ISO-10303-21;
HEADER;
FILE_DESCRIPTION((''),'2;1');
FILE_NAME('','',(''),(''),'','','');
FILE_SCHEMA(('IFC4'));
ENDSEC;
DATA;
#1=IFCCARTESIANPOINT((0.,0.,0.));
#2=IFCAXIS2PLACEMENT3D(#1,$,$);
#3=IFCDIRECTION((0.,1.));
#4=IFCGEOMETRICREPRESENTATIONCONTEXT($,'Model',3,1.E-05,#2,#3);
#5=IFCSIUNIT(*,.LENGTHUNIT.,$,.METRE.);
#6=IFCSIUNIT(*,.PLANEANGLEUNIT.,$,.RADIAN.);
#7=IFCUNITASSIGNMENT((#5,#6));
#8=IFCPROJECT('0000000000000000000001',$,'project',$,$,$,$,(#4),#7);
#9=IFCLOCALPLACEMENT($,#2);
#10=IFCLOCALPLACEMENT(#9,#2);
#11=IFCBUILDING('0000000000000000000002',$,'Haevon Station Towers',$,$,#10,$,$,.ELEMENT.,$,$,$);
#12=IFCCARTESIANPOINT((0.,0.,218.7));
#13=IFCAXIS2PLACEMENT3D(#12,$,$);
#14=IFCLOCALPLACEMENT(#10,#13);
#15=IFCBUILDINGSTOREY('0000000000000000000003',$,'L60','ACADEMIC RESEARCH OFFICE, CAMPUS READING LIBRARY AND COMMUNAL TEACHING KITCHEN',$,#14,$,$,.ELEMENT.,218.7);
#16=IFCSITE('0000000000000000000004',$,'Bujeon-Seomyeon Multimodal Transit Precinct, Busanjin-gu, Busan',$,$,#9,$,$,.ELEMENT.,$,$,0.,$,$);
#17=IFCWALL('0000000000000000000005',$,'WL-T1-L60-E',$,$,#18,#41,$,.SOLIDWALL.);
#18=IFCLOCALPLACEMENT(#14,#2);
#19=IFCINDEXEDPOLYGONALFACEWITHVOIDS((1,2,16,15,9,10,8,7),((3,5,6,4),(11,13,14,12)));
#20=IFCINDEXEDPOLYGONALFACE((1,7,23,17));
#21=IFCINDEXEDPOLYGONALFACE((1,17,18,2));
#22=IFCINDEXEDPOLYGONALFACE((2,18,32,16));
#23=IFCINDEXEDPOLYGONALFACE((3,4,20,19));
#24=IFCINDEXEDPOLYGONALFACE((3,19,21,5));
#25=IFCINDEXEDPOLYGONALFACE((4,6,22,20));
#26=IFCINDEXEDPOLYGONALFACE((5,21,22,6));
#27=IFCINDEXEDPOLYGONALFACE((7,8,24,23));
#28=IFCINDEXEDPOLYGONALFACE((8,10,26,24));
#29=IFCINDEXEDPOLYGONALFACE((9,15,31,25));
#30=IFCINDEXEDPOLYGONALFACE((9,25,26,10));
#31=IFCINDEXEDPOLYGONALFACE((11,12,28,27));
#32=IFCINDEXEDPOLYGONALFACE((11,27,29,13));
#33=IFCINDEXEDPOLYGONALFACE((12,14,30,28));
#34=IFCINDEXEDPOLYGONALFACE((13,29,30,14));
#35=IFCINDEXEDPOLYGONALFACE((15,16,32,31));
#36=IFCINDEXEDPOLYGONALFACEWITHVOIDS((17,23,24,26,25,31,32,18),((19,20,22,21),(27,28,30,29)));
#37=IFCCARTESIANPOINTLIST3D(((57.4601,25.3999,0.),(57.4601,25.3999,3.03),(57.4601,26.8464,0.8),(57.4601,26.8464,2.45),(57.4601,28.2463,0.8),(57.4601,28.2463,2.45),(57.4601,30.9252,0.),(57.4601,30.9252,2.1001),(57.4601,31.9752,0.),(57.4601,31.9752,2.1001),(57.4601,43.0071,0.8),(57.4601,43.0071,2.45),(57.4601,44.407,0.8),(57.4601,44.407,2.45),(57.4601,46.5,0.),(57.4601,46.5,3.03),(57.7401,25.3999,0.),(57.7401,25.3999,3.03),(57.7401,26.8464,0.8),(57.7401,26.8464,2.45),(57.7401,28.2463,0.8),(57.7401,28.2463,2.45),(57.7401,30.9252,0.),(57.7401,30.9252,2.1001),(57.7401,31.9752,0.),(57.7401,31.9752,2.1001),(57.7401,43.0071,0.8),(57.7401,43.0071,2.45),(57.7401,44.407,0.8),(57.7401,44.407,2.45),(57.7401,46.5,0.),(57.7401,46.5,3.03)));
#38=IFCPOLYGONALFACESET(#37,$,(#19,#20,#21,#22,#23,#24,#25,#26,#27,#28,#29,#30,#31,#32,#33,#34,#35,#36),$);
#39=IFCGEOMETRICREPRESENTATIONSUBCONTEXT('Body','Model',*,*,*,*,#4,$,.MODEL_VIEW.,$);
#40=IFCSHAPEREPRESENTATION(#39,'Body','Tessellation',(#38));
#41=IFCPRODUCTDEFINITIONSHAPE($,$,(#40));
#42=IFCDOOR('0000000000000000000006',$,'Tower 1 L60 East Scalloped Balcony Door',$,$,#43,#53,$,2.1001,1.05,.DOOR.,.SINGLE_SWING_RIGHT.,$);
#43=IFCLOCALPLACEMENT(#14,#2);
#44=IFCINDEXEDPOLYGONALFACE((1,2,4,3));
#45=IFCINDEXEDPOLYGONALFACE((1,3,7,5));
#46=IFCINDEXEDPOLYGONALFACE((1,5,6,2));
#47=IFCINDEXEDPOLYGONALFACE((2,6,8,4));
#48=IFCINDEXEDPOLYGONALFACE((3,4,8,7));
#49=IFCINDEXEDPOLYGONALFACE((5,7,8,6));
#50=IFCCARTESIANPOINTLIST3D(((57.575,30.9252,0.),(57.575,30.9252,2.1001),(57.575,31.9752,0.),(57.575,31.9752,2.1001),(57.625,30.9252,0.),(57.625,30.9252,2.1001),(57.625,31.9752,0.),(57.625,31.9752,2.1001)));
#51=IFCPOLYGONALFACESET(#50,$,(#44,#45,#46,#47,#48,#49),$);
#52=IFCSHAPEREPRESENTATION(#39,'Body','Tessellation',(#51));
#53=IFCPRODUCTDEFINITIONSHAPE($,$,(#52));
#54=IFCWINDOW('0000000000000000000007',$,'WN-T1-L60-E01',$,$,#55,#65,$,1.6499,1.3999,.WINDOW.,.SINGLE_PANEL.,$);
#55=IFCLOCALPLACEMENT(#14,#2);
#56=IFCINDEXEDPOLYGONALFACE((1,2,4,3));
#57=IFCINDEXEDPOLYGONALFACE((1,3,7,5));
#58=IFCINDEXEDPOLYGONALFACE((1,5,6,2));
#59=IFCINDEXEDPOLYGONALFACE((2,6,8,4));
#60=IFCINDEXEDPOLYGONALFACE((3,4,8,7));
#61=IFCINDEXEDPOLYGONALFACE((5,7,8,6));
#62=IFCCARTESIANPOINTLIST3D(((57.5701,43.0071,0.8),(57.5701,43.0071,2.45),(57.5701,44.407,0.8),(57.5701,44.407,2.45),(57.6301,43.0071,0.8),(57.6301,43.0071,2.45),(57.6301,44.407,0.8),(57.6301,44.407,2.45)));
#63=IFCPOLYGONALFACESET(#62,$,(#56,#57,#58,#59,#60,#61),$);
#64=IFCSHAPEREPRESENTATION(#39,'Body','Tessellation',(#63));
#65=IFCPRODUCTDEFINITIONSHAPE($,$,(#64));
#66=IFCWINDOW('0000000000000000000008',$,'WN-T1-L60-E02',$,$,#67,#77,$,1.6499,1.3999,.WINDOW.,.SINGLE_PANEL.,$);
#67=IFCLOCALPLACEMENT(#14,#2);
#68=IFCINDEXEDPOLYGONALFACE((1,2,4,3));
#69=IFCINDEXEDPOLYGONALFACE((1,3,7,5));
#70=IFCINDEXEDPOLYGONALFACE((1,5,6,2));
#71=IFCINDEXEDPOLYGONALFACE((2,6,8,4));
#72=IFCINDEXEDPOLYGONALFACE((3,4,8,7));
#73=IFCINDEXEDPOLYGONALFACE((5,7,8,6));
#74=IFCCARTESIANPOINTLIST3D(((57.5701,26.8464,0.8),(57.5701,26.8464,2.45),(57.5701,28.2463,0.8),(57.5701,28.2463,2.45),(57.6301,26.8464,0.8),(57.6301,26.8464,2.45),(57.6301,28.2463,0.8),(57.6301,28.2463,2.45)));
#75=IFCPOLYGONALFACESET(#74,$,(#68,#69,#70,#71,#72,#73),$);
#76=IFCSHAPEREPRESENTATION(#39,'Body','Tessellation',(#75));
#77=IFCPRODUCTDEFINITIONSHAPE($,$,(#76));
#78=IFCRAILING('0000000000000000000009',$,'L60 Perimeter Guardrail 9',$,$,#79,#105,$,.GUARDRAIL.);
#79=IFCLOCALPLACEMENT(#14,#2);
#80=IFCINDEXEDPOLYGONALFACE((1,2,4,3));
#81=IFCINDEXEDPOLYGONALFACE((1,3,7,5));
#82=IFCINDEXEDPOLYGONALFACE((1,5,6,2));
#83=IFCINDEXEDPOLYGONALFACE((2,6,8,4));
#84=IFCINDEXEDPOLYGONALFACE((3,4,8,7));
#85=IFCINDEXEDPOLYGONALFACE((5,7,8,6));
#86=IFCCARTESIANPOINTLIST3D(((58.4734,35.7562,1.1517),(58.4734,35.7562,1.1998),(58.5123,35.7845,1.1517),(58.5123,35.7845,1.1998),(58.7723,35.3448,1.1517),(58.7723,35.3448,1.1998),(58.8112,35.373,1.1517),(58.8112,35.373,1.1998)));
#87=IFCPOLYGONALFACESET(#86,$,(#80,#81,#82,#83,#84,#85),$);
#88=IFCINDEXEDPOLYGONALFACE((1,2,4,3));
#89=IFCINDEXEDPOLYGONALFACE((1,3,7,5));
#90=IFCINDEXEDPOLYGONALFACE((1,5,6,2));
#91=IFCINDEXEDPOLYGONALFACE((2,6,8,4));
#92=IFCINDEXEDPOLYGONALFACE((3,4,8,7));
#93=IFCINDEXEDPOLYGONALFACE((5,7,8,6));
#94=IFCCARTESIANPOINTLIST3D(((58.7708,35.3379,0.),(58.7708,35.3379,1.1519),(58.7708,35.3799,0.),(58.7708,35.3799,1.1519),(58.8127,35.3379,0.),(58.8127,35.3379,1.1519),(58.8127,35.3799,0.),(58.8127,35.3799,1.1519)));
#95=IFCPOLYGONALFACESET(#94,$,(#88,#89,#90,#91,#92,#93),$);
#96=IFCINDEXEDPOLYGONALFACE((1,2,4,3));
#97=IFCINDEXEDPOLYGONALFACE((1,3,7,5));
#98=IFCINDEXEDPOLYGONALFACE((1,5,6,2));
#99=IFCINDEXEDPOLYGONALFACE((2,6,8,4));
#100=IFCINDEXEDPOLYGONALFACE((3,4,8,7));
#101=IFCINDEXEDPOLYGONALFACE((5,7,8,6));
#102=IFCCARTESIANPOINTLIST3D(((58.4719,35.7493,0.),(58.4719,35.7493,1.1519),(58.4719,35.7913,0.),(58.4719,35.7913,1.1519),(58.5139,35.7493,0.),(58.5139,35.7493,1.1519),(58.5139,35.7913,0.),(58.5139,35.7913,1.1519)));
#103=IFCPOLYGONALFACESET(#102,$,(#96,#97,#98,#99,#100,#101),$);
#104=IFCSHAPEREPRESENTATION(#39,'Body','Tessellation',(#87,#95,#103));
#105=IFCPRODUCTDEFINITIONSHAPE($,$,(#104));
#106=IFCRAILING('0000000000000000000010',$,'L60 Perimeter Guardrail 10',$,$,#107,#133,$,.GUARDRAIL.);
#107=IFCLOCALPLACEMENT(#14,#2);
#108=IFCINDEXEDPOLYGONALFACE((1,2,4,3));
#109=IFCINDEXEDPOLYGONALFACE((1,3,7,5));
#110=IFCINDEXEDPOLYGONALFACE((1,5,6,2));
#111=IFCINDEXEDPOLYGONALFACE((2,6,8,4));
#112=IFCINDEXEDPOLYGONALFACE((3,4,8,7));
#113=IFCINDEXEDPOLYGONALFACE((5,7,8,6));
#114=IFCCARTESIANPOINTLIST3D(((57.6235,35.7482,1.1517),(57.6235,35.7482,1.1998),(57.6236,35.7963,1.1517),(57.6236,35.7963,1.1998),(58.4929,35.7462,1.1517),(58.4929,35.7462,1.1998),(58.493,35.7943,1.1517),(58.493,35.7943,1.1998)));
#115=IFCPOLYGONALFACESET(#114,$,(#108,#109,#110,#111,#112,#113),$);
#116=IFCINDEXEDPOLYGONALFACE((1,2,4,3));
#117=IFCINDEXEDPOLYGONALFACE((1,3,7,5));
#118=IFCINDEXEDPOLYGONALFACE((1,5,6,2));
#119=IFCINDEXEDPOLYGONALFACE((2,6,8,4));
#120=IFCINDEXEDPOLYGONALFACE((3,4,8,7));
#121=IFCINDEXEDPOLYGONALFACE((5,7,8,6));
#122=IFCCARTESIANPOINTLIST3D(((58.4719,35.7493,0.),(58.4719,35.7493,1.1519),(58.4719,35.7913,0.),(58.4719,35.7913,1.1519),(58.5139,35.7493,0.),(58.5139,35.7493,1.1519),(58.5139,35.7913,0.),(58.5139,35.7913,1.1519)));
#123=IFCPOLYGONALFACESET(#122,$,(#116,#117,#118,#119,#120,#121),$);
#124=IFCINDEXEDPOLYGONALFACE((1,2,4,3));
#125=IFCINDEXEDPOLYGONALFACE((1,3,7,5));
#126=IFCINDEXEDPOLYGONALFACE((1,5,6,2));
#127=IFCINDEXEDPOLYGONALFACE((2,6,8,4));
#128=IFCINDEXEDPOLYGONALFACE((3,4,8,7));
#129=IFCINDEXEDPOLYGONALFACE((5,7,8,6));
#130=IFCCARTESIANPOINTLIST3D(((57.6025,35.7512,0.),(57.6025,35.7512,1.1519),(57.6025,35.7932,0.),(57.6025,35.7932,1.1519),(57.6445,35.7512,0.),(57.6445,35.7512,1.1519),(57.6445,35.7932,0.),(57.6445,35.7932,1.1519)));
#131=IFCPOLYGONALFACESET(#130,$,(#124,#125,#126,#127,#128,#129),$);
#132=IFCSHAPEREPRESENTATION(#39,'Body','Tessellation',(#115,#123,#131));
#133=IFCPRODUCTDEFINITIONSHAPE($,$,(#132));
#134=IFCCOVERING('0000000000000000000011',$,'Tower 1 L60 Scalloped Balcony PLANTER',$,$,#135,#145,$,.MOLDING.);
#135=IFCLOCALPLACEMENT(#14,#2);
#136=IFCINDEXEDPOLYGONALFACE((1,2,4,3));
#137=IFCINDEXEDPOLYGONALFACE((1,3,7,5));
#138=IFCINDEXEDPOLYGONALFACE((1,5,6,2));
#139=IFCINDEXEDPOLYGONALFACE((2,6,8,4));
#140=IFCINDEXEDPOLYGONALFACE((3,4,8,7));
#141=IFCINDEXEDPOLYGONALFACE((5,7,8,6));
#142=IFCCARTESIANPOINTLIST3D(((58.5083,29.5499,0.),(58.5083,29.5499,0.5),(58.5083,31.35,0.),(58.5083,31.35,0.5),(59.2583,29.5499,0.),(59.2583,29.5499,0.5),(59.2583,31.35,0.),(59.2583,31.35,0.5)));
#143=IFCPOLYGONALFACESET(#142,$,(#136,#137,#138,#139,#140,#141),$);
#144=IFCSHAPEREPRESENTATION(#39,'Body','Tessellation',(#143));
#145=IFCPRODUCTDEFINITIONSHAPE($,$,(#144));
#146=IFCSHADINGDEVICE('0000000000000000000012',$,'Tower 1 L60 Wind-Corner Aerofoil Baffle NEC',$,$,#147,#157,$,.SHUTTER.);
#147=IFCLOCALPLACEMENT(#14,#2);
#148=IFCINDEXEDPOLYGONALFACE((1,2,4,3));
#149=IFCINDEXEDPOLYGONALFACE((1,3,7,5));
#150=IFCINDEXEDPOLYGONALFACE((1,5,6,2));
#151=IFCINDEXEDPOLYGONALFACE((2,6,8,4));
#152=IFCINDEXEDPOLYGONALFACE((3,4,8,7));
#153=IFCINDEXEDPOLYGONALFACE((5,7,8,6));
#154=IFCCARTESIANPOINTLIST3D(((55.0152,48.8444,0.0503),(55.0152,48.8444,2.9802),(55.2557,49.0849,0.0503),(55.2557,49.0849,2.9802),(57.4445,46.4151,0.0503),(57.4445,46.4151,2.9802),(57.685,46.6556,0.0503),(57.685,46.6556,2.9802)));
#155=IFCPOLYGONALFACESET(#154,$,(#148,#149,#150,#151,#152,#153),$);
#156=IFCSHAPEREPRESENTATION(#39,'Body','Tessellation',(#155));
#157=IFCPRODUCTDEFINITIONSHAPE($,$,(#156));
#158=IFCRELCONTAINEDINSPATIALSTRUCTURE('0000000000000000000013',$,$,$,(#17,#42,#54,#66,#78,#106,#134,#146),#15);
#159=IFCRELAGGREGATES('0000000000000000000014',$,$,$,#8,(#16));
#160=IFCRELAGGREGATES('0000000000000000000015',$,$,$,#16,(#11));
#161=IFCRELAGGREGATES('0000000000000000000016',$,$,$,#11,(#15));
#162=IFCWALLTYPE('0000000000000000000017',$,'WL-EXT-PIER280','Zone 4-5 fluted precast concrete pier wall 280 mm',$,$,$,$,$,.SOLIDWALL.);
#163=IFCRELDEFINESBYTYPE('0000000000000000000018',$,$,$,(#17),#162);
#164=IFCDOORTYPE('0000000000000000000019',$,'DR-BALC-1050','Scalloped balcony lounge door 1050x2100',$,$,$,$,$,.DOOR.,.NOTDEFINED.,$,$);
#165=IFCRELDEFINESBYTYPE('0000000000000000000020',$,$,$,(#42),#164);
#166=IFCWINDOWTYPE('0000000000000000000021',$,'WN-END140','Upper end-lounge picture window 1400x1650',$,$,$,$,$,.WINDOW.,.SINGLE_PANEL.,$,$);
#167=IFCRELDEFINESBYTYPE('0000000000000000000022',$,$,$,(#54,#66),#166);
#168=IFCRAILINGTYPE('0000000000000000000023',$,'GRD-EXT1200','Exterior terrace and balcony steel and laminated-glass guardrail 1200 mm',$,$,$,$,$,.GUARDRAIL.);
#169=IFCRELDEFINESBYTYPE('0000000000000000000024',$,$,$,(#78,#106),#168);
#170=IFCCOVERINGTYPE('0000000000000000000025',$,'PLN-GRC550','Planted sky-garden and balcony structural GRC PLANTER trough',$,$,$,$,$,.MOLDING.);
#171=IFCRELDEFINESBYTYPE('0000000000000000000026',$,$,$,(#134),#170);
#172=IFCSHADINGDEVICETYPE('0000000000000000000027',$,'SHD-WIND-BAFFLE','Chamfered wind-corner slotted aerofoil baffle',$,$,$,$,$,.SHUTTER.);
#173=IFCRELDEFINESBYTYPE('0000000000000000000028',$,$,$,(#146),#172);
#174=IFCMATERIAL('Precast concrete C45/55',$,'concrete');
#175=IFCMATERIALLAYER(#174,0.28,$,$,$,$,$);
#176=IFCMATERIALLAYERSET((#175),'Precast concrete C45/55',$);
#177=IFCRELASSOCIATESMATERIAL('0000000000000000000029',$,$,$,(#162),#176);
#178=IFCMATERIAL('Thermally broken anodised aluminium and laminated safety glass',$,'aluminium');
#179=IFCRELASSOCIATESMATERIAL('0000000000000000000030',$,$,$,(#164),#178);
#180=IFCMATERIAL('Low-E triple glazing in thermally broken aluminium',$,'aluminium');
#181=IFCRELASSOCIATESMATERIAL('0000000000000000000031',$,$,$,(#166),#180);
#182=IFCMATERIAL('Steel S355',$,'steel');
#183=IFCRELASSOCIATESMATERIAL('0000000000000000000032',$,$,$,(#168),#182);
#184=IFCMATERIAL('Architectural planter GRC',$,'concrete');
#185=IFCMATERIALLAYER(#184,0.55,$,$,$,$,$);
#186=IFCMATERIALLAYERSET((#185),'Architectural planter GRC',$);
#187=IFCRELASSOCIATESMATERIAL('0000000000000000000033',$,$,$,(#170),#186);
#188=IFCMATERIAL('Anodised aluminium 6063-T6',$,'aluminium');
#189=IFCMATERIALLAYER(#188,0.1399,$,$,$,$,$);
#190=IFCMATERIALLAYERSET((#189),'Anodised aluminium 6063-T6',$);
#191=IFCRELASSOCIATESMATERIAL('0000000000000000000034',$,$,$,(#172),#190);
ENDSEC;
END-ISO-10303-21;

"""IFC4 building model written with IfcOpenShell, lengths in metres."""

from ifc_helpers import new_model, si_unit, direction, frame, frame_2d, origin, origin_2d, place, context, subcontext, project, spatial, rectangle, extrude, material, layer, layer_set, type_object, element, fill, save


model = new_model("IFC4")

# Units and contexts
model_context = context("Model", 3, precision=1e-05, world=origin(), true_north=direction((0.0, 1.0)))
body_context = subcontext(model_context, "Body", "Model", "MODEL_VIEW")
ifc_project = project(units=[si_unit("LENGTHUNIT", "METRE"), si_unit("PLANEANGLEUNIT", "RADIAN")], contexts=[model_context])

# Site, building, storey
site_placement = place(None, origin())
site = spatial("IfcSite", under=ifc_project, at=site_placement, Name="Bujeon-Seomyeon Multimodal Transit Precinct, Busanjin-gu, Busan", CompositionType="ELEMENT", RefElevation=0.0)
building_placement = place(site_placement, origin())
building = spatial("IfcBuilding", under=site, at=building_placement, Name="Haevon Station Towers", CompositionType="ELEMENT")
storey_placement = place(building_placement, frame((0.0, 0.0, 218.7)))
storey = spatial("IfcBuildingStorey", under=building, at=storey_placement, Name="L60", Description="ACADEMIC RESEARCH OFFICE, CAMPUS READING LIBRARY AND COMMUNAL TEACHING KITCHEN", CompositionType="ELEMENT", Elevation=218.7)

# Shared definitions
ifc_material_1 = material(Name="Steel S355", Category="steel")

# Shared definitions
ifc_material_2 = material(Name="Precast concrete C45/55", Category="concrete")
ifc_layer_1 = layer(ifc_material_2, 0.28)
ifc_layer_set_1 = layer_set([ifc_layer_1], Name="Precast concrete C45/55")
wall_type = type_object("IfcWallType", Name="WL-EXT-PIER280", Description="Zone 4-5 fluted precast concrete pier wall 280 mm", PredefinedType="SOLIDWALL", material=ifc_layer_set_1)

# Wall, openings, door, windows
wall_1_placement = place(storey_placement, frame((57.6001, 46.5, 0.0), z_axis=(0.0, 0.0, 1.0), x_axis=(0.0, -1.0, 0.0)))
wall_1 = element("IfcWall", 1, at=wall_1_placement, inside=storey, type_object=wall_type, Name="WL-T1-L60-E", PredefinedType="SOLIDWALL", context=body_context, shape_type="SweptSolid", body=[
    extrude(rectangle(XDim=21.1001, YDim=0.28, at=frame_2d((10.55, 0.0))), origin(), (0.0, 0.0, 1.0), 3.03),
])
opening_1_placement = place(wall_1_placement, frame((14.5249, 0.0, 0.0)))
opening_1 = element("IfcOpeningElement", 2, at=opening_1_placement, cuts=wall_1, PredefinedType="OPENING", context=body_context, shape_type="SweptSolid", body=[
    extrude(rectangle(XDim=1.05, YDim=2.1001, at=frame_2d((0.5249, 1.05))), frame((0.0, 0.1499, 0.0), z_axis=(0.0, -1.0, 0.0), x_axis=(1.0, 0.0, 0.0)), (0.0, 0.0, 1.0), 0.3),
])
opening_2_placement = place(wall_1_placement, frame((2.093, 0.0, 0.8)))
opening_2 = element("IfcOpeningElement", 3, at=opening_2_placement, cuts=wall_1, PredefinedType="OPENING", context=body_context, shape_type="SweptSolid", body=[
    extrude(rectangle(XDim=1.3999, YDim=1.6499, at=frame_2d((0.7, 0.825))), frame((0.0, 0.1499, 0.0), z_axis=(0.0, -1.0, 0.0), x_axis=(1.0, 0.0, 0.0)), (0.0, 0.0, 1.0), 0.3),
])
opening_3_placement = place(wall_1_placement, frame((18.2537, 0.0, 0.8)))
opening_3 = element("IfcOpeningElement", 4, at=opening_3_placement, cuts=wall_1, PredefinedType="OPENING", context=body_context, shape_type="SweptSolid", body=[
    extrude(rectangle(XDim=1.3999, YDim=1.6499, at=frame_2d((0.7, 0.825))), frame((0.0, 0.1499, 0.0), z_axis=(0.0, -1.0, 0.0), x_axis=(1.0, 0.0, 0.0)), (0.0, 0.0, 1.0), 0.3),
])
ifc_material_3 = material(Name="Thermally broken anodised aluminium and laminated safety glass", Category="aluminium")
door_type = type_object("IfcDoorType", Name="DR-BALC-1050", Description="Scalloped balcony lounge door 1050x2100", OperationType="NOTDEFINED", PredefinedType="DOOR", material=ifc_material_3)
door_placement = place(opening_1_placement, origin())
door = element("IfcDoor", 5, at=door_placement, inside=storey, type_object=door_type, Name="Tower 1 L60 East Scalloped Balcony Door", OperationType="SINGLE_SWING_RIGHT", OverallHeight=2.1001, OverallWidth=1.05, PredefinedType="DOOR", context=body_context, shape_type="SweptSolid", body=[
    extrude(rectangle(XDim=1.05, YDim=2.1001, at=frame_2d((0.5249, 1.05))), frame((0.0, 0.0249, 0.0), z_axis=(0.0, -1.0, 0.0), x_axis=(1.0, 0.0, 0.0)), (0.0, 0.0, 1.0), 0.05),
])
fill(opening_1, door)
ifc_material_4 = material(Name="Low-E triple glazing in thermally broken aluminium", Category="aluminium")
window_type = type_object("IfcWindowType", Name="WN-END140", Description="Upper end-lounge picture window 1400x1650", PartitioningType="SINGLE_PANEL", PredefinedType="WINDOW", material=ifc_material_4)
window_1_placement = place(opening_2_placement, origin())
window_1 = element("IfcWindow", 6, at=window_1_placement, inside=storey, type_object=window_type, Name="WN-T1-L60-E01", OverallHeight=1.6499, OverallWidth=1.3999, PartitioningType="SINGLE_PANEL", PredefinedType="WINDOW", context=body_context, shape_type="SweptSolid", body=[
    extrude(rectangle(XDim=1.3999, YDim=1.6499, at=frame_2d((0.7, 0.825))), frame((0.0, 0.03, 0.0), z_axis=(0.0, -1.0, 0.0), x_axis=(1.0, 0.0, 0.0)), (0.0, 0.0, 1.0), 0.0601),
])
fill(opening_2, window_1)
window_2_placement = place(opening_3_placement, origin())
window_2 = element("IfcWindow", 7, at=window_2_placement, inside=storey, type_object=window_type, Name="WN-T1-L60-E02", OverallHeight=1.6499, OverallWidth=1.3999, PartitioningType="SINGLE_PANEL", PredefinedType="WINDOW", context=body_context, shape_type="SweptSolid", body=[
    extrude(rectangle(XDim=1.3999, YDim=1.6499, at=frame_2d((0.7, 0.825))), frame((0.0, 0.03, 0.0), z_axis=(0.0, -1.0, 0.0), x_axis=(1.0, 0.0, 0.0)), (0.0, 0.0, 1.0), 0.0601),
])
fill(opening_3, window_2)

# Railings
railing_type = type_object("IfcRailingType", Name="GRD-EXT1200", Description="Exterior terrace and balcony steel and laminated-glass guardrail 1200 mm", PredefinedType="GUARDRAIL", material=ifc_material_1)
railing_1_placement = place(storey_placement, frame((58.7917, 35.3589, 0.0)))
element("IfcRailing", 8, at=railing_1_placement, inside=storey, type_object=railing_type, Name="L60 Perimeter Guardrail 9", PredefinedType="GUARDRAIL", context=body_context, shape_type="SweptSolid", body=[
    extrude(rectangle(XDim=0.0481, YDim=0.0481, at=origin_2d()), frame((0.0, 0.0, 1.1758), z_axis=(-0.587715, 0.809068, 0.0), x_axis=(-0.809068, -0.587715, 0.0)), (0.0, 0.0, 1.0), 0.5085),
    extrude(rectangle(XDim=0.042, YDim=0.042, at=origin_2d()), origin(), (0.0, 0.0, 1.0), 1.1519),
    extrude(rectangle(XDim=0.042, YDim=0.042, at=origin_2d()), frame((-0.2988, 0.4114, 0.0)), (0.0, 0.0, 1.0), 1.1519),
])
railing_2_placement = place(storey_placement, frame((58.4929, 35.7703, 0.0)))
element("IfcRailing", 9, at=railing_2_placement, inside=storey, type_object=railing_type, Name="L60 Perimeter Guardrail 10", PredefinedType="GUARDRAIL", context=body_context, shape_type="SweptSolid", body=[
    extrude(rectangle(XDim=0.0481, YDim=0.0481, at=origin_2d()), frame((0.0, 0.0, 1.1758), z_axis=(-0.999997, 0.002247, 0.0), x_axis=(-0.002247, -0.999997, 0.0)), (0.0, 0.0, 1.0), 0.8694),
    extrude(rectangle(XDim=0.042, YDim=0.042, at=origin_2d()), origin(), (0.0, 0.0, 1.0), 1.1519),
    extrude(rectangle(XDim=0.042, YDim=0.042, at=origin_2d()), frame((-0.8694, 0.002, 0.0)), (0.0, 0.0, 1.0), 1.1519),
])

# Covering
ifc_material_5 = material(Name="Architectural planter GRC", Category="concrete")
ifc_layer_2 = layer(ifc_material_5, 0.55)
ifc_layer_set_2 = layer_set([ifc_layer_2], Name="Architectural planter GRC")
covering_type = type_object("IfcCoveringType", Name="PLN-GRC550", Description="Planted sky-garden and balcony structural GRC PLANTER trough", PredefinedType="MOLDING", material=ifc_layer_set_2)
covering_placement = place(storey_placement, frame((58.8833, 30.45, 0.0), z_axis=(0.0, 0.0, 1.0), x_axis=(1.0, 0.0, 0.0)))
element("IfcCovering", 10, at=covering_placement, inside=storey, type_object=covering_type, Name="Tower 1 L60 Scalloped Balcony PLANTER", PredefinedType="MOLDING", context=body_context, shape_type="SweptSolid", body=[
    extrude(rectangle(XDim=0.75, YDim=1.8, at=origin_2d()), origin(), (0.0, 0.0, 1.0), 0.5),
])

# Shading device
ifc_material_6 = material(Name="Anodised aluminium 6063-T6", Category="aluminium")
ifc_layer_3 = layer(ifc_material_6, 0.1399)
ifc_layer_set_3 = layer_set([ifc_layer_3], Name="Anodised aluminium 6063-T6")
shading_device_type = type_object("IfcShadingDeviceType", Name="SHD-WIND-BAFFLE", Description="Chamfered wind-corner slotted aerofoil baffle", PredefinedType="SHUTTER", material=ifc_layer_set_3)
shading_device_placement = place(storey_placement, frame((56.3501, 47.75, 0.0503), z_axis=(0.0, 0.0, 1.0), x_axis=(0.707107, -0.707107, 0.0)))
element("IfcShadingDevice", 11, at=shading_device_placement, inside=storey, type_object=shading_device_type, Name="Tower 1 L60 Wind-Corner Aerofoil Baffle NEC", PredefinedType="SHUTTER", context=body_context, shape_type="SweptSolid", body=[
    extrude(rectangle(XDim=3.4355, YDim=0.3401, at=origin_2d()), origin(), (0.0, 0.0, 1.0), 2.9299),
])

save(model, "model.ifc")
